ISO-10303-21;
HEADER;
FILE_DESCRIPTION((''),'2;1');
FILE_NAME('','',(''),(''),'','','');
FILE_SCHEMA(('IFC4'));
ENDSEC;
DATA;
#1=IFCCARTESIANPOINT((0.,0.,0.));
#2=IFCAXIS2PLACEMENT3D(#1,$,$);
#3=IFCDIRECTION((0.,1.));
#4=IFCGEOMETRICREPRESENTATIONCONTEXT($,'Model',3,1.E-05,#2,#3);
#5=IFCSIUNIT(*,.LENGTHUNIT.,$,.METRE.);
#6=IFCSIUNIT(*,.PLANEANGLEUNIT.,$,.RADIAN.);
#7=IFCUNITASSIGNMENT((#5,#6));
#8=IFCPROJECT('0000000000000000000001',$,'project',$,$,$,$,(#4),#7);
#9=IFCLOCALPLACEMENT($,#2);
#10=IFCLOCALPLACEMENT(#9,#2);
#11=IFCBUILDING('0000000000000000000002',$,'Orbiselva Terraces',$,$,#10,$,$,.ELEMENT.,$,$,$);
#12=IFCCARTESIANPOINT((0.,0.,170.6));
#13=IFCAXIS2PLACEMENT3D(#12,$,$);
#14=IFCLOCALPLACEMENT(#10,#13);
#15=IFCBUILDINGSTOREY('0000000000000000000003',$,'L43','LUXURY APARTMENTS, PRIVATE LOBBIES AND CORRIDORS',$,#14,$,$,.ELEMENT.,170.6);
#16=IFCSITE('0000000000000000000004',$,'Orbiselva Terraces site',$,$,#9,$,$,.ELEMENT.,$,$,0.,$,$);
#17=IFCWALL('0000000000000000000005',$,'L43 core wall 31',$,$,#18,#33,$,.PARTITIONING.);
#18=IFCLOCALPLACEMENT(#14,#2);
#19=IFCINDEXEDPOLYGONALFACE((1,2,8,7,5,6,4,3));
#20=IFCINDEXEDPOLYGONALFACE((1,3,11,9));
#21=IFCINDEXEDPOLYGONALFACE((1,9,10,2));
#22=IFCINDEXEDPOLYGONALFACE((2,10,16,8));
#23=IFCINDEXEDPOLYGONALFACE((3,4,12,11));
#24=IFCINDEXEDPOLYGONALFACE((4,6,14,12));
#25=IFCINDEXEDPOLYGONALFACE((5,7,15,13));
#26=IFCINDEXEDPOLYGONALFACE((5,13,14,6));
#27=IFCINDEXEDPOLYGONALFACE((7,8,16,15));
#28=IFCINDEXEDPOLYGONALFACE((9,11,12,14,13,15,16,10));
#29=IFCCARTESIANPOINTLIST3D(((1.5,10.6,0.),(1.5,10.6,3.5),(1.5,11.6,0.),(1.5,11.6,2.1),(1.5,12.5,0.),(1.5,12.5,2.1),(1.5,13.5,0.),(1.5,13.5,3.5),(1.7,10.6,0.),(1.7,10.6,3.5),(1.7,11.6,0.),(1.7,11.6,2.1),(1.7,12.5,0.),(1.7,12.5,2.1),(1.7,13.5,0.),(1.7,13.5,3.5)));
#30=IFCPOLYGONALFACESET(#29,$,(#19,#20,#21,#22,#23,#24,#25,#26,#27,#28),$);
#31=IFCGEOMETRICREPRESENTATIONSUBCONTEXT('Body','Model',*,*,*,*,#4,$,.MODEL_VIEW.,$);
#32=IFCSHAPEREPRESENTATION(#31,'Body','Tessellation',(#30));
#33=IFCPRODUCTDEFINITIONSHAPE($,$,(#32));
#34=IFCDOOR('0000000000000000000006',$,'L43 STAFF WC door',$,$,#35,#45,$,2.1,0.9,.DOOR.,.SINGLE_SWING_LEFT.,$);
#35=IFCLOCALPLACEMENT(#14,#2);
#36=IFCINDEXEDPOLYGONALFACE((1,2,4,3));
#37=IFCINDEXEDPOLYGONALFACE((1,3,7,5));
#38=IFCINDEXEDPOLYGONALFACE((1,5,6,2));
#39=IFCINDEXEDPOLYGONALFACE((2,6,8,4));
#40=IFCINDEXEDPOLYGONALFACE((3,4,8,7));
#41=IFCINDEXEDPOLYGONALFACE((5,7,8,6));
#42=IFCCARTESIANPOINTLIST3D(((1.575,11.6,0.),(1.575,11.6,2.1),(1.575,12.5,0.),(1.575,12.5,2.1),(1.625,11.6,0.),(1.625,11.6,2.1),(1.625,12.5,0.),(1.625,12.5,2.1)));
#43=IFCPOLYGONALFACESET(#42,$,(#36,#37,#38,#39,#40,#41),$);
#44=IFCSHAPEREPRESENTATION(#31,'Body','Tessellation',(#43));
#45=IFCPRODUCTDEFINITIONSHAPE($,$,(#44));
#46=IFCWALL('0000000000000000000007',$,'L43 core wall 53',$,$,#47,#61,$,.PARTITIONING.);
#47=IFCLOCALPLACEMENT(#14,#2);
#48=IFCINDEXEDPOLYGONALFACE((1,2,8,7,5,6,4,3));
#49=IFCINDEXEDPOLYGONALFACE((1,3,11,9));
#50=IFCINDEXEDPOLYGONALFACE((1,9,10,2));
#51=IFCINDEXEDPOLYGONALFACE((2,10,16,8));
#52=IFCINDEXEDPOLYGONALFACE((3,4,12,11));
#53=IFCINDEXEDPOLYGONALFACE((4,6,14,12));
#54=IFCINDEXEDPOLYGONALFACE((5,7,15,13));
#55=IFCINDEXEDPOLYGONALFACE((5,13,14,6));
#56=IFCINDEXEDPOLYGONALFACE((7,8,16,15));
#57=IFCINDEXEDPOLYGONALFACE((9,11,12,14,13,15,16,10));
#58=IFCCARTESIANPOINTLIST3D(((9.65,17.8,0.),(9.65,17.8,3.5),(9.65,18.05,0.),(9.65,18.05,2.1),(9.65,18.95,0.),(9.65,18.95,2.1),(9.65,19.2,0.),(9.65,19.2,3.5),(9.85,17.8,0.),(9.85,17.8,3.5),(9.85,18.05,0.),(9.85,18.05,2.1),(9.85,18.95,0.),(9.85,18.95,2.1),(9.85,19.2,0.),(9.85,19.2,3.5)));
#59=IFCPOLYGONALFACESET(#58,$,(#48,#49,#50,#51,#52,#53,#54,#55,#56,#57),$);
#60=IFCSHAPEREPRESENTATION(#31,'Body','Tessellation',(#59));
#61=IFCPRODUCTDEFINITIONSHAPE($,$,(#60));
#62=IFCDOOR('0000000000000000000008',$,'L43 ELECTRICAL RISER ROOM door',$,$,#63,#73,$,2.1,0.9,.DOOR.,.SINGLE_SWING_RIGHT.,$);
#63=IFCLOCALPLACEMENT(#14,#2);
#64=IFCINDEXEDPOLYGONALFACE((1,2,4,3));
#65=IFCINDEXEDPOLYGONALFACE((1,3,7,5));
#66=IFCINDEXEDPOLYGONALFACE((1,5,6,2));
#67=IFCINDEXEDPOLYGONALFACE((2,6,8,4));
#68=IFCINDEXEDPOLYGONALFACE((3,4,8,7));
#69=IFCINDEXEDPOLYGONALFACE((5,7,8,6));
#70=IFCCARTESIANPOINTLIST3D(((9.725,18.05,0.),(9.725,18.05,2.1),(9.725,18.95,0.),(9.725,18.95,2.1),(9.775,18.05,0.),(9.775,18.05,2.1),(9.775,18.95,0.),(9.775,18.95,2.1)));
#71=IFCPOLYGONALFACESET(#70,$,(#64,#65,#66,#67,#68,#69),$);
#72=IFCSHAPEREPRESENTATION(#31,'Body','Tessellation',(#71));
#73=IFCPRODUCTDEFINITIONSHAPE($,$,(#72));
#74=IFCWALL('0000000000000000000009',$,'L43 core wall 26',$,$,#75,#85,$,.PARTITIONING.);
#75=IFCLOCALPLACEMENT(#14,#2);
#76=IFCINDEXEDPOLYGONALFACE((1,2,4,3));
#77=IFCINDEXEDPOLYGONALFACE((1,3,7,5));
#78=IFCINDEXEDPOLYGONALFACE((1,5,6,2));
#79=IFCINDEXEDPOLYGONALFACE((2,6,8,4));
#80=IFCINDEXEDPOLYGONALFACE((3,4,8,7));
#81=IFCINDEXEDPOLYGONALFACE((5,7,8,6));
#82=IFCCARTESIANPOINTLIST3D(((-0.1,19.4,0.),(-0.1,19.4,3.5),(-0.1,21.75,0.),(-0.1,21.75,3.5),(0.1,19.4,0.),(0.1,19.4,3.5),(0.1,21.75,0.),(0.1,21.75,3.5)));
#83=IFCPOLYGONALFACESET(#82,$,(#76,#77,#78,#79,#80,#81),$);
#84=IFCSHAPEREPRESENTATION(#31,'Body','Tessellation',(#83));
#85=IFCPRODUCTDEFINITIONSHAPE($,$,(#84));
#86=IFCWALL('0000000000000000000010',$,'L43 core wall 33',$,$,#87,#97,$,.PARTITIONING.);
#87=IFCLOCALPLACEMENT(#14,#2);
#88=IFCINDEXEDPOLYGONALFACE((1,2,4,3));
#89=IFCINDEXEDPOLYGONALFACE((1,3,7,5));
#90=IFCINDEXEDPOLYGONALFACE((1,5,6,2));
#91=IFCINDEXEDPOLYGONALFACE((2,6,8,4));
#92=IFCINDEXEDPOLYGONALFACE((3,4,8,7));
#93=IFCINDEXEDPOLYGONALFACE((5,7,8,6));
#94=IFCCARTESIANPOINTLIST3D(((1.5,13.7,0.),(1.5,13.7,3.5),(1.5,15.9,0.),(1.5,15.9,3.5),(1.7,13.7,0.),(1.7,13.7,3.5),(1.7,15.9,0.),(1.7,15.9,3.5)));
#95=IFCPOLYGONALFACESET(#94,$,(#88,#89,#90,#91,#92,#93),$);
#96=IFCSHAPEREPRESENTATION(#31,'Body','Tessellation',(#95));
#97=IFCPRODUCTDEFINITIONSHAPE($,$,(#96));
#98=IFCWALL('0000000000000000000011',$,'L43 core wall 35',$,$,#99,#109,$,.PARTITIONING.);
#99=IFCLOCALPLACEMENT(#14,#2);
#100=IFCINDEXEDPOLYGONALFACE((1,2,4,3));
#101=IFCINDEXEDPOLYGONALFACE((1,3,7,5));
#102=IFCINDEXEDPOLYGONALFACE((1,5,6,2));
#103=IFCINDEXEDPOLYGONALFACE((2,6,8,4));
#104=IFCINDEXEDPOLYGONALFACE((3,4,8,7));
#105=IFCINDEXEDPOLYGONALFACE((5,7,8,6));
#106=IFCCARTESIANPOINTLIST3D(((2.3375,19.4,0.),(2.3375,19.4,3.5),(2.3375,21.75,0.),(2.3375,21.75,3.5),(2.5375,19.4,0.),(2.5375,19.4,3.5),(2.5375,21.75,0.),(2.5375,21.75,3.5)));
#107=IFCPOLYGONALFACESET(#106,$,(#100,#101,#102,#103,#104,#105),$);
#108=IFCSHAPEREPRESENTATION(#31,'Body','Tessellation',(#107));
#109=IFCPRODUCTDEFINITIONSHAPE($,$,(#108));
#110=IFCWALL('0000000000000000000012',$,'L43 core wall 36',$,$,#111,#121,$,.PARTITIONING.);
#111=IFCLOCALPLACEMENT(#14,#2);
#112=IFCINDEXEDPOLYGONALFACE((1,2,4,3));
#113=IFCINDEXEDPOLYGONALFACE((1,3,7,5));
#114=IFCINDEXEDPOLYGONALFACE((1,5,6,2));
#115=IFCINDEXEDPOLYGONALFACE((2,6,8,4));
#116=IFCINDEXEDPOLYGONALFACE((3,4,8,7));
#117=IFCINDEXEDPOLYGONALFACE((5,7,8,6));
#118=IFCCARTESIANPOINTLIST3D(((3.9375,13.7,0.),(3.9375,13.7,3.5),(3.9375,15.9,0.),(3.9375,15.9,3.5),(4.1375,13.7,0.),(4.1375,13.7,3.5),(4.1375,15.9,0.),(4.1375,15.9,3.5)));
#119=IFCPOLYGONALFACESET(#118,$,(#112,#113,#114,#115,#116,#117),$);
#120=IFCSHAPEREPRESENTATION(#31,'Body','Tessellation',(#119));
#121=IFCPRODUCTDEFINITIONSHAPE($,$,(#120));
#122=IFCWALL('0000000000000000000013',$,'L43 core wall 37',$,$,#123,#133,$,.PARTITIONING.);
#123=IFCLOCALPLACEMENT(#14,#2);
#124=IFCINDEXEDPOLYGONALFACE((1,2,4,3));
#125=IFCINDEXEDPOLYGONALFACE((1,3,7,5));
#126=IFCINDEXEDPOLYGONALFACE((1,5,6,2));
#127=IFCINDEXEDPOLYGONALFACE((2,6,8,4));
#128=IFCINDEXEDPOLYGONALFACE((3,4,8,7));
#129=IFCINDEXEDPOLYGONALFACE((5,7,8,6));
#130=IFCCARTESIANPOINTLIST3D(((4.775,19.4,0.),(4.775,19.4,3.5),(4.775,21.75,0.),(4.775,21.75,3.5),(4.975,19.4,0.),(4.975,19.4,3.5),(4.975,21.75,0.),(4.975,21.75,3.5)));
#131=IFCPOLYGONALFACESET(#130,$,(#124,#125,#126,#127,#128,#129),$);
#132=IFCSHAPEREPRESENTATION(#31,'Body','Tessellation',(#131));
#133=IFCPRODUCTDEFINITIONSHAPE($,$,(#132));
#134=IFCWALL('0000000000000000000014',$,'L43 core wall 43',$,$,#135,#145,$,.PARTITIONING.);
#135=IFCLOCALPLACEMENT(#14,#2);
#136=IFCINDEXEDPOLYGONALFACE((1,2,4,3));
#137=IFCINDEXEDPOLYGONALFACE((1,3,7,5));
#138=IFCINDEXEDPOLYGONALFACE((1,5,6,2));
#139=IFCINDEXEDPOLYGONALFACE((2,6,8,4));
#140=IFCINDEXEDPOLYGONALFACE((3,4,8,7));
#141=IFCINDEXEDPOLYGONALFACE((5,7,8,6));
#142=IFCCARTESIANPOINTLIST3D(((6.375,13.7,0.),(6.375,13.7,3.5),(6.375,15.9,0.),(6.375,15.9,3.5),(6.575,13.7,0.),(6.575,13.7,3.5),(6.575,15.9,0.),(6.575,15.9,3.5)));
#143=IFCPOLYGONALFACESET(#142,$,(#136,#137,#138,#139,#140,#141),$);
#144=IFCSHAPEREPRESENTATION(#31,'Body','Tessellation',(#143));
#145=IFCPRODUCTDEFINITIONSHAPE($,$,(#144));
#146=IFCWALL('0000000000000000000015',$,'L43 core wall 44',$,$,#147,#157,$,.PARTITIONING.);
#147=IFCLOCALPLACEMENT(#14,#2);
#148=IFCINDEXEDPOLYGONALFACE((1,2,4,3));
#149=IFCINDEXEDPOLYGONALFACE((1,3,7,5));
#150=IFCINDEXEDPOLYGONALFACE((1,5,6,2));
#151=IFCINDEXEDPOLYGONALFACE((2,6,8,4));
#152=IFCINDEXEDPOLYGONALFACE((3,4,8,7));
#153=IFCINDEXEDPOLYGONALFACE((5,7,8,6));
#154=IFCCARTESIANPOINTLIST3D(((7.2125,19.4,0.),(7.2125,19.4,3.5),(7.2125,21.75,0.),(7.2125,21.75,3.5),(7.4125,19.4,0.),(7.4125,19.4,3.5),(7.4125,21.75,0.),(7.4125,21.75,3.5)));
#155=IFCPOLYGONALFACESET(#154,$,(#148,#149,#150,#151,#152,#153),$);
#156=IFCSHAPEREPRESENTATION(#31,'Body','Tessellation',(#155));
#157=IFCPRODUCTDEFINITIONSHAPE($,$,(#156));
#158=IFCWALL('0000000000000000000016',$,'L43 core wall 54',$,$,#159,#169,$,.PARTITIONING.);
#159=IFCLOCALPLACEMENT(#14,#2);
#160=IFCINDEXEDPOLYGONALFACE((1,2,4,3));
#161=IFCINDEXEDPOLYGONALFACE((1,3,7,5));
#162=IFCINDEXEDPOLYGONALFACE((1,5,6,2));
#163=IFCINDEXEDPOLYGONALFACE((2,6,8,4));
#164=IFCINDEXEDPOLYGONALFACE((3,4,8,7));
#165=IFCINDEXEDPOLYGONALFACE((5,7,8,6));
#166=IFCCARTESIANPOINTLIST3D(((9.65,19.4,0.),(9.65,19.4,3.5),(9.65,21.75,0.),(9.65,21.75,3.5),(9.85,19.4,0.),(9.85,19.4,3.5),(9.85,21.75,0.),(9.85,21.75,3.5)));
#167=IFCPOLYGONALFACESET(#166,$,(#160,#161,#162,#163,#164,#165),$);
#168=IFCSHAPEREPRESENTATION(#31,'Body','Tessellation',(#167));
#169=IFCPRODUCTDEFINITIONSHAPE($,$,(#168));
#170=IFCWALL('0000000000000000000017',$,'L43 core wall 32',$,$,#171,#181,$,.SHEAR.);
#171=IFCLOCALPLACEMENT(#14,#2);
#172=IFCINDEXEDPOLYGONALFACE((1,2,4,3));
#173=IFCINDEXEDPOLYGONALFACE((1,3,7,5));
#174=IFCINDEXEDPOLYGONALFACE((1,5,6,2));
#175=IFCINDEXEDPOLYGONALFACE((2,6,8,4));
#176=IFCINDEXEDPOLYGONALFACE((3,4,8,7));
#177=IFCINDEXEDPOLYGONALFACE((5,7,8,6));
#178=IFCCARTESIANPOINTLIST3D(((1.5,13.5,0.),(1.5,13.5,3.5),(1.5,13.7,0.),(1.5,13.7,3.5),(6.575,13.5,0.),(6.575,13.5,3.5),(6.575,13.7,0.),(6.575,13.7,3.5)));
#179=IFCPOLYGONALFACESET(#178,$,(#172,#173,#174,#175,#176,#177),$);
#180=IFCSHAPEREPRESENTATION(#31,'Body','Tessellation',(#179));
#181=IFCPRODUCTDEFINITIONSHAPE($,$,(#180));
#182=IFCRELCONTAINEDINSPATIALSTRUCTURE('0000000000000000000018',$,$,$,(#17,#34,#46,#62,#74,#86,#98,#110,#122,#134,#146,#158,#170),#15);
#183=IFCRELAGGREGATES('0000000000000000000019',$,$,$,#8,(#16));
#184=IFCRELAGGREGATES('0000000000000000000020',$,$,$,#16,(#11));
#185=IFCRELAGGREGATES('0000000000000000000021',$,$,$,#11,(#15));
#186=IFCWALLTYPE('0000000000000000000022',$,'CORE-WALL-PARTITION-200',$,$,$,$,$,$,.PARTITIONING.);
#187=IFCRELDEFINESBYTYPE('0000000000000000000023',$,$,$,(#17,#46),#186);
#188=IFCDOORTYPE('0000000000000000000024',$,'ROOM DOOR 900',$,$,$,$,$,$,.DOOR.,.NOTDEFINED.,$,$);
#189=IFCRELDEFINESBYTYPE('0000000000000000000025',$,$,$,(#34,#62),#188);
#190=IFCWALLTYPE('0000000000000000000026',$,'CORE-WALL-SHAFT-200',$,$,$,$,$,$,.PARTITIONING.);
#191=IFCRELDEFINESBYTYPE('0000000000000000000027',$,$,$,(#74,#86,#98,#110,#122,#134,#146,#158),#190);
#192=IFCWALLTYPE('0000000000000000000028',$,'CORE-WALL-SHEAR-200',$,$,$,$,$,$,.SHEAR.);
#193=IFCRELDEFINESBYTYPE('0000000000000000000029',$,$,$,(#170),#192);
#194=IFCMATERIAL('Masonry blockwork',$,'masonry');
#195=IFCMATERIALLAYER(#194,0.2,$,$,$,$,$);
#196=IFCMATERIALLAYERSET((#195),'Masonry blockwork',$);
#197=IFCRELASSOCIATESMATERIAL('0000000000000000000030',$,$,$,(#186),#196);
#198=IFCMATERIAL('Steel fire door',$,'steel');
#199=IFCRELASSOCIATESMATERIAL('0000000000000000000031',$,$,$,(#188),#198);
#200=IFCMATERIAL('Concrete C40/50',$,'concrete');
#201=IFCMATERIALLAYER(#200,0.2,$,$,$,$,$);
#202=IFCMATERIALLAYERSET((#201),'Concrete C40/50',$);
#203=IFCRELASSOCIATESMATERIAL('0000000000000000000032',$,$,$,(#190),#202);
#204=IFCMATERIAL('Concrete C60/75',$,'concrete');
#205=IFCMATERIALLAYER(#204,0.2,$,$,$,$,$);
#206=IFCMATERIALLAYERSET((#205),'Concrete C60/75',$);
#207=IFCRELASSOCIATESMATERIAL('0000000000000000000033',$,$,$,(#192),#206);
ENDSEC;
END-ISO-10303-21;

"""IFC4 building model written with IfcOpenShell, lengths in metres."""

from ifc_helpers import new_model, si_unit, direction, frame, frame_2d, origin, place, context, subcontext, project, spatial, rectangle, extrude, material, layer, layer_set, type_object, element, fill, save


model = new_model("IFC4")

# Units and contexts
model_context = context("Model", 3, precision=1e-05, world=origin(), true_north=direction((0.0, 1.0)))
body_context = subcontext(model_context, "Body", "Model", "MODEL_VIEW")
ifc_project = project(units=[si_unit("LENGTHUNIT", "METRE"), si_unit("PLANEANGLEUNIT", "RADIAN")], contexts=[model_context])

# Site, building, storey
site_placement = place(None, origin())
site = spatial("IfcSite", under=ifc_project, at=site_placement, Name="Orbiselva Terraces site", CompositionType="ELEMENT", RefElevation=0.0)
building_placement = place(site_placement, origin())
building = spatial("IfcBuilding", under=site, at=building_placement, Name="Orbiselva Terraces", CompositionType="ELEMENT")
storey_placement = place(building_placement, frame((0.0, 0.0, 170.6)))
storey = spatial("IfcBuildingStorey", under=building, at=storey_placement, Name="L43", Description="LUXURY APARTMENTS, PRIVATE LOBBIES AND CORRIDORS", CompositionType="ELEMENT", Elevation=170.6)

# Walls, openings, doors
ifc_material_1 = material(Name="Masonry blockwork", Category="masonry")
ifc_layer_1 = layer(ifc_material_1, 0.2)
ifc_layer_set_1 = layer_set([ifc_layer_1], Name="Masonry blockwork")
wall_type_1 = type_object("IfcWallType", Name="CORE-WALL-PARTITION-200", PredefinedType="PARTITIONING", material=ifc_layer_set_1)
wall_1_placement = place(storey_placement, frame((1.6, 13.5, 0.0), z_axis=(0.0, 0.0, 1.0), x_axis=(0.0, -1.0, 0.0)))
wall_1 = element("IfcWall", 1, at=wall_1_placement, inside=storey, type_object=wall_type_1, Name="L43 core wall 31", PredefinedType="PARTITIONING", context=body_context, shape_type="SweptSolid", body=[
    extrude(rectangle(XDim=2.9, YDim=0.2, at=frame_2d((1.45, 0.0))), origin(), (0.0, 0.0, 1.0), 3.5),
])
opening_1_placement = place(wall_1_placement, frame((1.0, 0.0, 0.0)))
opening_1 = element("IfcOpeningElement", 2, at=opening_1_placement, cuts=wall_1, PredefinedType="OPENING", context=body_context, shape_type="SweptSolid", body=[
    extrude(rectangle(XDim=0.9, YDim=2.1, at=frame_2d((0.45, 1.05))), frame((0.0, 0.11, 0.0), z_axis=(0.0, -1.0, 0.0), x_axis=(1.0, 0.0, 0.0)), (0.0, 0.0, 1.0), 0.22),
])
ifc_material_2 = material(Name="Steel fire door", Category="steel")
door_type_1 = type_object("IfcDoorType", Name="ROOM DOOR 900", OperationType="NOTDEFINED", PredefinedType="DOOR", material=ifc_material_2)
door_1_placement = place(opening_1_placement, origin())
door_1 = element("IfcDoor", 3, at=door_1_placement, inside=storey, type_object=door_type_1, Name="L43 STAFF WC door", OperationType="SINGLE_SWING_LEFT", OverallHeight=2.1, OverallWidth=0.9, PredefinedType="DOOR", context=body_context, shape_type="SweptSolid", body=[
    extrude(rectangle(XDim=0.9, YDim=2.1, at=frame_2d((0.45, 1.05))), frame((0.0, 0.025, 0.0), z_axis=(0.0, -1.0, 0.0), x_axis=(1.0, 0.0, 0.0)), (0.0, 0.0, 1.0), 0.05),
])
fill(opening_1, door_1)
wall_2_placement = place(storey_placement, frame((9.75, 19.2, 0.0), z_axis=(0.0, 0.0, 1.0), x_axis=(0.0, -1.0, 0.0)))
wall_2 = element("IfcWall", 4, at=wall_2_placement, inside=storey, type_object=wall_type_1, Name="L43 core wall 53", PredefinedType="PARTITIONING", context=body_context, shape_type="SweptSolid", body=[
    extrude(rectangle(XDim=1.4, YDim=0.2, at=frame_2d((0.7, 0.0))), origin(), (0.0, 0.0, 1.0), 3.5),
])
opening_2_placement = place(wall_2_placement, frame((0.25, 0.0, 0.0)))
opening_2 = element("IfcOpeningElement", 5, at=opening_2_placement, cuts=wall_2, PredefinedType="OPENING", context=body_context, shape_type="SweptSolid", body=[
    extrude(rectangle(XDim=0.9, YDim=2.1, at=frame_2d((0.45, 1.05))), frame((0.0, 0.11, 0.0), z_axis=(0.0, -1.0, 0.0), x_axis=(1.0, 0.0, 0.0)), (0.0, 0.0, 1.0), 0.22),
])
door_2_placement = place(opening_2_placement, origin())
door_2 = element("IfcDoor", 6, at=door_2_placement, inside=storey, type_object=door_type_1, Name="L43 ELECTRICAL RISER ROOM door", OperationType="SINGLE_SWING_RIGHT", OverallHeight=2.1, OverallWidth=0.9, PredefinedType="DOOR", context=body_context, shape_type="SweptSolid", body=[
    extrude(rectangle(XDim=0.9, YDim=2.1, at=frame_2d((0.45, 1.05))), frame((0.0, 0.025, 0.0), z_axis=(0.0, -1.0, 0.0), x_axis=(1.0, 0.0, 0.0)), (0.0, 0.0, 1.0), 0.05),
])
fill(opening_2, door_2)

# Walls
ifc_material_3 = material(Name="Concrete C40/50", Category="concrete")
ifc_layer_2 = layer(ifc_material_3, 0.2)
ifc_layer_set_2 = layer_set([ifc_layer_2], Name="Concrete C40/50")
wall_type_2 = type_object("IfcWallType", Name="CORE-WALL-SHAFT-200", PredefinedType="PARTITIONING", material=ifc_layer_set_2)
wall_3_placement = place(storey_placement, frame((0.0, 19.4, 0.0), z_axis=(0.0, 0.0, 1.0), x_axis=(0.0, 1.0, 0.0)))
element("IfcWall", 7, at=wall_3_placement, inside=storey, type_object=wall_type_2, Name="L43 core wall 26", PredefinedType="PARTITIONING", context=body_context, shape_type="SweptSolid", body=[
    extrude(rectangle(XDim=2.35, YDim=0.2, at=frame_2d((1.175, 0.0))), origin(), (0.0, 0.0, 1.0), 3.5),
])
wall_4_placement = place(storey_placement, frame((1.6, 13.7, 0.0), z_axis=(0.0, 0.0, 1.0), x_axis=(0.0, 1.0, 0.0)))
element("IfcWall", 8, at=wall_4_placement, inside=storey, type_object=wall_type_2, Name="L43 core wall 33", PredefinedType="PARTITIONING", context=body_context, shape_type="SweptSolid", body=[
    extrude(rectangle(XDim=2.2, YDim=0.2, at=frame_2d((1.1, 0.0))), origin(), (0.0, 0.0, 1.0), 3.5),
])
wall_5_placement = place(storey_placement, frame((2.4375, 19.4, 0.0), z_axis=(0.0, 0.0, 1.0), x_axis=(0.0, 1.0, 0.0)))
element("IfcWall", 9, at=wall_5_placement, inside=storey, type_object=wall_type_2, Name="L43 core wall 35", PredefinedType="PARTITIONING", context=body_context, shape_type="SweptSolid", body=[
    extrude(rectangle(XDim=2.35, YDim=0.2, at=frame_2d((1.175, 0.0))), origin(), (0.0, 0.0, 1.0), 3.5),
])
wall_6_placement = place(storey_placement, frame((4.0375, 13.7, 0.0), z_axis=(0.0, 0.0, 1.0), x_axis=(0.0, 1.0, 0.0)))
element("IfcWall", 10, at=wall_6_placement, inside=storey, type_object=wall_type_2, Name="L43 core wall 36", PredefinedType="PARTITIONING", context=body_context, shape_type="SweptSolid", body=[
    extrude(rectangle(XDim=2.2, YDim=0.2, at=frame_2d((1.1, 0.0))), origin(), (0.0, 0.0, 1.0), 3.5),
])
wall_7_placement = place(storey_placement, frame((4.875, 19.4, 0.0), z_axis=(0.0, 0.0, 1.0), x_axis=(0.0, 1.0, 0.0)))
element("IfcWall", 11, at=wall_7_placement, inside=storey, type_object=wall_type_2, Name="L43 core wall 37", PredefinedType="PARTITIONING", context=body_context, shape_type="SweptSolid", body=[
    extrude(rectangle(XDim=2.35, YDim=0.2, at=frame_2d((1.175, 0.0))), origin(), (0.0, 0.0, 1.0), 3.5),
])
wall_8_placement = place(storey_placement, frame((6.475, 13.7, 0.0), z_axis=(0.0, 0.0, 1.0), x_axis=(0.0, 1.0, 0.0)))
element("IfcWall", 12, at=wall_8_placement, inside=storey, type_object=wall_type_2, Name="L43 core wall 43", PredefinedType="PARTITIONING", context=body_context, shape_type="SweptSolid", body=[
    extrude(rectangle(XDim=2.2, YDim=0.2, at=frame_2d((1.1, 0.0))), origin(), (0.0, 0.0, 1.0), 3.5),
])
for number, where, z_axis, x_axis, name in (
    (13, (7.3125, 19.4, 0.0), (0.0, 0.0, 1.0), (0.0, 1.0, 0.0), "L43 core wall 44"),
    (14, (9.75, 19.4, 0.0), (0.0, 0.0, 1.0), (0.0, 1.0, 0.0), "L43 core wall 54"),
):
    element("IfcWall", number, at=place(storey_placement, frame(where, z_axis=z_axis, x_axis=x_axis)), inside=storey, type_object=wall_type_2, Name=name, PredefinedType="PARTITIONING", context=body_context, shape_type="SweptSolid", body=[
        extrude(rectangle(XDim=2.35, YDim=0.2, at=frame_2d((1.175, 0.0))), origin(), (0.0, 0.0, 1.0), 3.5),
    ])
ifc_material_4 = material(Name="Concrete C60/75", Category="concrete")
ifc_layer_3 = layer(ifc_material_4, 0.2)
ifc_layer_set_3 = layer_set([ifc_layer_3], Name="Concrete C60/75")
wall_type_3 = type_object("IfcWallType", Name="CORE-WALL-SHEAR-200", PredefinedType="SHEAR", material=ifc_layer_set_3)
wall_9_placement = place(storey_placement, frame((1.5, 13.6, 0.0), z_axis=(0.0, 0.0, 1.0), x_axis=(1.0, 0.0, 0.0)))
element("IfcWall", 15, at=wall_9_placement, inside=storey, type_object=wall_type_3, Name="L43 core wall 32", PredefinedType="SHEAR", context=body_context, shape_type="SweptSolid", body=[
    extrude(rectangle(XDim=5.075, YDim=0.2, at=frame_2d((2.5375, 0.0))), origin(), (0.0, 0.0, 1.0), 3.5),
])

save(model, "model.ifc")
